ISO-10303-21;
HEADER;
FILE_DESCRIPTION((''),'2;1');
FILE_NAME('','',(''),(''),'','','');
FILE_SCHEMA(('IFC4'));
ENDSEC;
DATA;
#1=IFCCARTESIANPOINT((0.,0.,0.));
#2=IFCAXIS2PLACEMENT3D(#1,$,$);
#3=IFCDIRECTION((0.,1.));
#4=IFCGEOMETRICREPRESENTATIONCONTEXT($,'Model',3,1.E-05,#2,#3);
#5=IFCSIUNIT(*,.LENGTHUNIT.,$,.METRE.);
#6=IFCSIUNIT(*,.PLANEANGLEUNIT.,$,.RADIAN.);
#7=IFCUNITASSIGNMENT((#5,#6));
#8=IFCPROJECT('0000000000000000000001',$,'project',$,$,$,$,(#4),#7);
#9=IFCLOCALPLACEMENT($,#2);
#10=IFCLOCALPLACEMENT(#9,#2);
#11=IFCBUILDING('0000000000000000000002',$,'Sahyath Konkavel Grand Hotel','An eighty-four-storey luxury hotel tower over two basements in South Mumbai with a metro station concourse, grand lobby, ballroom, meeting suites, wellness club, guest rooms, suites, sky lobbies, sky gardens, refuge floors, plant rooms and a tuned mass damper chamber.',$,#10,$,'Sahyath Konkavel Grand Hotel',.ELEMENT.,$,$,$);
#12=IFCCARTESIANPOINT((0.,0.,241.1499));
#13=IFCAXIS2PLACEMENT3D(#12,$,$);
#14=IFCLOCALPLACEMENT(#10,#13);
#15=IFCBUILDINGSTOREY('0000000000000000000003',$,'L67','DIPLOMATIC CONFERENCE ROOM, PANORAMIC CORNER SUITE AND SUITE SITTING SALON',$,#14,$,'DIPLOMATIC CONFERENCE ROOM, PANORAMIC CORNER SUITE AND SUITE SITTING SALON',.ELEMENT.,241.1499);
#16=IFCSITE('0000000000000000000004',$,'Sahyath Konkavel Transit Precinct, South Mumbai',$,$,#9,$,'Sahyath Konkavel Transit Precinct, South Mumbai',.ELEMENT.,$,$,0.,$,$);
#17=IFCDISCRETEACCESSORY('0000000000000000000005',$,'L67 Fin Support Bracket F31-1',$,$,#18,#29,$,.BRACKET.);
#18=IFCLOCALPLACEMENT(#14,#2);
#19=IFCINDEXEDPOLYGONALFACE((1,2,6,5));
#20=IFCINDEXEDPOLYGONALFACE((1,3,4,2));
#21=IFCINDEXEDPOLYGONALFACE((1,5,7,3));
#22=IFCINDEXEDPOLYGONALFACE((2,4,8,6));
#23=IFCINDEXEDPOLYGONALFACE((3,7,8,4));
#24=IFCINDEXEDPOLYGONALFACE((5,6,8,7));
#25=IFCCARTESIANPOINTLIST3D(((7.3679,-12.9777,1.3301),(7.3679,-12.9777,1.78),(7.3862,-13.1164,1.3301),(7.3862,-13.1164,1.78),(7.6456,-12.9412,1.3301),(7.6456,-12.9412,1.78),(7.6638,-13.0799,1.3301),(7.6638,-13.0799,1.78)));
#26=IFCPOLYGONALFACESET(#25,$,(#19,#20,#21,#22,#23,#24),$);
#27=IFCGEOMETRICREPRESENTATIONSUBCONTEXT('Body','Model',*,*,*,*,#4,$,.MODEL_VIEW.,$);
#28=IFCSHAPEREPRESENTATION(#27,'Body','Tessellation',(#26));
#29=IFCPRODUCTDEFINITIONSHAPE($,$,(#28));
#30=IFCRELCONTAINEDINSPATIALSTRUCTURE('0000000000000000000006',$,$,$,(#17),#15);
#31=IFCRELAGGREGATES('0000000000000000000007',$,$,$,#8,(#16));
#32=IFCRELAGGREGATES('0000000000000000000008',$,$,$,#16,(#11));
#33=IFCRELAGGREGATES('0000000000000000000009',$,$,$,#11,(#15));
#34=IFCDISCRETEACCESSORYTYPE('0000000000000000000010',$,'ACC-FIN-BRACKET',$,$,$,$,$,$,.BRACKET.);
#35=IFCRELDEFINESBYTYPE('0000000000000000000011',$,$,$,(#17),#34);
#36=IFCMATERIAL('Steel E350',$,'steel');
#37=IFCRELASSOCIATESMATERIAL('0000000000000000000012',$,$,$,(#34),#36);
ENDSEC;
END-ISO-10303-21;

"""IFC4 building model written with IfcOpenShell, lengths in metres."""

from ifc_helpers import new_model, si_unit, direction, frame, origin, origin_2d, place, context, subcontext, project, spatial, rectangle, extrude, source, transform, mapped, material, type_object, element, save


model = new_model("IFC4")

# Units and contexts
model_context = context("Model", 3, precision=1e-05, world=origin(), true_north=direction((0.0, 1.0)))
body_context = subcontext(model_context, "Body", "Model", "MODEL_VIEW")
ifc_project = project(units=[si_unit("LENGTHUNIT", "METRE"), si_unit("PLANEANGLEUNIT", "RADIAN")], contexts=[model_context])

# Site, building, storey
site_placement = place(None, origin())
site = spatial("IfcSite", under=ifc_project, at=site_placement, Name="Sahyath Konkavel Transit Precinct, South Mumbai", LongName="Sahyath Konkavel Transit Precinct, South Mumbai", CompositionType="ELEMENT", RefElevation=0.0)
building_placement = place(site_placement, origin())
building = spatial("IfcBuilding", under=site, at=building_placement, Name="Sahyath Konkavel Grand Hotel", Description="An eighty-four-storey luxury hotel tower over two basements in South Mumbai with a metro station concourse, grand lobby, ballroom, meeting suites, wellness club, guest rooms, suites, sky lobbies, sky gardens, refuge floors, plant rooms and a tuned mass damper chamber.", LongName="Sahyath Konkavel Grand Hotel", CompositionType="ELEMENT")
storey_placement = place(building_placement, frame((0.0, 0.0, 241.1499)))
storey = spatial("IfcBuildingStorey", under=building, at=storey_placement, Name="L67", Description="DIPLOMATIC CONFERENCE ROOM, PANORAMIC CORNER SUITE AND SUITE SITTING SALON", LongName="DIPLOMATIC CONFERENCE ROOM, PANORAMIC CORNER SUITE AND SUITE SITTING SALON", CompositionType="ELEMENT", Elevation=241.1499)

# Discrete accessory
ifc_material_1 = material(Name="Steel E350", Category="steel")
discrete_accessory_type = type_object("IfcDiscreteAccessoryType", Name="ACC-FIN-BRACKET", PredefinedType="BRACKET", material=ifc_material_1)
shared_shape_1 = source(origin(), body_context, "Body", "SweptSolid", [
    extrude(rectangle(XDim=0.28, YDim=0.1399, at=origin_2d()), origin(), (0.0, 0.0, 1.0), 0.45),
])
discrete_accessory_placement = place(storey_placement, frame((7.5159, -13.0288, 1.3301), z_axis=(0.0, 0.0, 1.0), x_axis=(0.991445, 0.130526, 0.0)))
element("IfcDiscreteAccessory", 1, at=discrete_accessory_placement, inside=storey, type_object=discrete_accessory_type, Name="L67 Fin Support Bracket F31-1", PredefinedType="BRACKET", context=body_context, shape_type="MappedRepresentation", body=[
    mapped(shared_shape_1, transform((0.0, 0.0, 0.0), scale=1.0)),
])

save(model, "model.ifc")
